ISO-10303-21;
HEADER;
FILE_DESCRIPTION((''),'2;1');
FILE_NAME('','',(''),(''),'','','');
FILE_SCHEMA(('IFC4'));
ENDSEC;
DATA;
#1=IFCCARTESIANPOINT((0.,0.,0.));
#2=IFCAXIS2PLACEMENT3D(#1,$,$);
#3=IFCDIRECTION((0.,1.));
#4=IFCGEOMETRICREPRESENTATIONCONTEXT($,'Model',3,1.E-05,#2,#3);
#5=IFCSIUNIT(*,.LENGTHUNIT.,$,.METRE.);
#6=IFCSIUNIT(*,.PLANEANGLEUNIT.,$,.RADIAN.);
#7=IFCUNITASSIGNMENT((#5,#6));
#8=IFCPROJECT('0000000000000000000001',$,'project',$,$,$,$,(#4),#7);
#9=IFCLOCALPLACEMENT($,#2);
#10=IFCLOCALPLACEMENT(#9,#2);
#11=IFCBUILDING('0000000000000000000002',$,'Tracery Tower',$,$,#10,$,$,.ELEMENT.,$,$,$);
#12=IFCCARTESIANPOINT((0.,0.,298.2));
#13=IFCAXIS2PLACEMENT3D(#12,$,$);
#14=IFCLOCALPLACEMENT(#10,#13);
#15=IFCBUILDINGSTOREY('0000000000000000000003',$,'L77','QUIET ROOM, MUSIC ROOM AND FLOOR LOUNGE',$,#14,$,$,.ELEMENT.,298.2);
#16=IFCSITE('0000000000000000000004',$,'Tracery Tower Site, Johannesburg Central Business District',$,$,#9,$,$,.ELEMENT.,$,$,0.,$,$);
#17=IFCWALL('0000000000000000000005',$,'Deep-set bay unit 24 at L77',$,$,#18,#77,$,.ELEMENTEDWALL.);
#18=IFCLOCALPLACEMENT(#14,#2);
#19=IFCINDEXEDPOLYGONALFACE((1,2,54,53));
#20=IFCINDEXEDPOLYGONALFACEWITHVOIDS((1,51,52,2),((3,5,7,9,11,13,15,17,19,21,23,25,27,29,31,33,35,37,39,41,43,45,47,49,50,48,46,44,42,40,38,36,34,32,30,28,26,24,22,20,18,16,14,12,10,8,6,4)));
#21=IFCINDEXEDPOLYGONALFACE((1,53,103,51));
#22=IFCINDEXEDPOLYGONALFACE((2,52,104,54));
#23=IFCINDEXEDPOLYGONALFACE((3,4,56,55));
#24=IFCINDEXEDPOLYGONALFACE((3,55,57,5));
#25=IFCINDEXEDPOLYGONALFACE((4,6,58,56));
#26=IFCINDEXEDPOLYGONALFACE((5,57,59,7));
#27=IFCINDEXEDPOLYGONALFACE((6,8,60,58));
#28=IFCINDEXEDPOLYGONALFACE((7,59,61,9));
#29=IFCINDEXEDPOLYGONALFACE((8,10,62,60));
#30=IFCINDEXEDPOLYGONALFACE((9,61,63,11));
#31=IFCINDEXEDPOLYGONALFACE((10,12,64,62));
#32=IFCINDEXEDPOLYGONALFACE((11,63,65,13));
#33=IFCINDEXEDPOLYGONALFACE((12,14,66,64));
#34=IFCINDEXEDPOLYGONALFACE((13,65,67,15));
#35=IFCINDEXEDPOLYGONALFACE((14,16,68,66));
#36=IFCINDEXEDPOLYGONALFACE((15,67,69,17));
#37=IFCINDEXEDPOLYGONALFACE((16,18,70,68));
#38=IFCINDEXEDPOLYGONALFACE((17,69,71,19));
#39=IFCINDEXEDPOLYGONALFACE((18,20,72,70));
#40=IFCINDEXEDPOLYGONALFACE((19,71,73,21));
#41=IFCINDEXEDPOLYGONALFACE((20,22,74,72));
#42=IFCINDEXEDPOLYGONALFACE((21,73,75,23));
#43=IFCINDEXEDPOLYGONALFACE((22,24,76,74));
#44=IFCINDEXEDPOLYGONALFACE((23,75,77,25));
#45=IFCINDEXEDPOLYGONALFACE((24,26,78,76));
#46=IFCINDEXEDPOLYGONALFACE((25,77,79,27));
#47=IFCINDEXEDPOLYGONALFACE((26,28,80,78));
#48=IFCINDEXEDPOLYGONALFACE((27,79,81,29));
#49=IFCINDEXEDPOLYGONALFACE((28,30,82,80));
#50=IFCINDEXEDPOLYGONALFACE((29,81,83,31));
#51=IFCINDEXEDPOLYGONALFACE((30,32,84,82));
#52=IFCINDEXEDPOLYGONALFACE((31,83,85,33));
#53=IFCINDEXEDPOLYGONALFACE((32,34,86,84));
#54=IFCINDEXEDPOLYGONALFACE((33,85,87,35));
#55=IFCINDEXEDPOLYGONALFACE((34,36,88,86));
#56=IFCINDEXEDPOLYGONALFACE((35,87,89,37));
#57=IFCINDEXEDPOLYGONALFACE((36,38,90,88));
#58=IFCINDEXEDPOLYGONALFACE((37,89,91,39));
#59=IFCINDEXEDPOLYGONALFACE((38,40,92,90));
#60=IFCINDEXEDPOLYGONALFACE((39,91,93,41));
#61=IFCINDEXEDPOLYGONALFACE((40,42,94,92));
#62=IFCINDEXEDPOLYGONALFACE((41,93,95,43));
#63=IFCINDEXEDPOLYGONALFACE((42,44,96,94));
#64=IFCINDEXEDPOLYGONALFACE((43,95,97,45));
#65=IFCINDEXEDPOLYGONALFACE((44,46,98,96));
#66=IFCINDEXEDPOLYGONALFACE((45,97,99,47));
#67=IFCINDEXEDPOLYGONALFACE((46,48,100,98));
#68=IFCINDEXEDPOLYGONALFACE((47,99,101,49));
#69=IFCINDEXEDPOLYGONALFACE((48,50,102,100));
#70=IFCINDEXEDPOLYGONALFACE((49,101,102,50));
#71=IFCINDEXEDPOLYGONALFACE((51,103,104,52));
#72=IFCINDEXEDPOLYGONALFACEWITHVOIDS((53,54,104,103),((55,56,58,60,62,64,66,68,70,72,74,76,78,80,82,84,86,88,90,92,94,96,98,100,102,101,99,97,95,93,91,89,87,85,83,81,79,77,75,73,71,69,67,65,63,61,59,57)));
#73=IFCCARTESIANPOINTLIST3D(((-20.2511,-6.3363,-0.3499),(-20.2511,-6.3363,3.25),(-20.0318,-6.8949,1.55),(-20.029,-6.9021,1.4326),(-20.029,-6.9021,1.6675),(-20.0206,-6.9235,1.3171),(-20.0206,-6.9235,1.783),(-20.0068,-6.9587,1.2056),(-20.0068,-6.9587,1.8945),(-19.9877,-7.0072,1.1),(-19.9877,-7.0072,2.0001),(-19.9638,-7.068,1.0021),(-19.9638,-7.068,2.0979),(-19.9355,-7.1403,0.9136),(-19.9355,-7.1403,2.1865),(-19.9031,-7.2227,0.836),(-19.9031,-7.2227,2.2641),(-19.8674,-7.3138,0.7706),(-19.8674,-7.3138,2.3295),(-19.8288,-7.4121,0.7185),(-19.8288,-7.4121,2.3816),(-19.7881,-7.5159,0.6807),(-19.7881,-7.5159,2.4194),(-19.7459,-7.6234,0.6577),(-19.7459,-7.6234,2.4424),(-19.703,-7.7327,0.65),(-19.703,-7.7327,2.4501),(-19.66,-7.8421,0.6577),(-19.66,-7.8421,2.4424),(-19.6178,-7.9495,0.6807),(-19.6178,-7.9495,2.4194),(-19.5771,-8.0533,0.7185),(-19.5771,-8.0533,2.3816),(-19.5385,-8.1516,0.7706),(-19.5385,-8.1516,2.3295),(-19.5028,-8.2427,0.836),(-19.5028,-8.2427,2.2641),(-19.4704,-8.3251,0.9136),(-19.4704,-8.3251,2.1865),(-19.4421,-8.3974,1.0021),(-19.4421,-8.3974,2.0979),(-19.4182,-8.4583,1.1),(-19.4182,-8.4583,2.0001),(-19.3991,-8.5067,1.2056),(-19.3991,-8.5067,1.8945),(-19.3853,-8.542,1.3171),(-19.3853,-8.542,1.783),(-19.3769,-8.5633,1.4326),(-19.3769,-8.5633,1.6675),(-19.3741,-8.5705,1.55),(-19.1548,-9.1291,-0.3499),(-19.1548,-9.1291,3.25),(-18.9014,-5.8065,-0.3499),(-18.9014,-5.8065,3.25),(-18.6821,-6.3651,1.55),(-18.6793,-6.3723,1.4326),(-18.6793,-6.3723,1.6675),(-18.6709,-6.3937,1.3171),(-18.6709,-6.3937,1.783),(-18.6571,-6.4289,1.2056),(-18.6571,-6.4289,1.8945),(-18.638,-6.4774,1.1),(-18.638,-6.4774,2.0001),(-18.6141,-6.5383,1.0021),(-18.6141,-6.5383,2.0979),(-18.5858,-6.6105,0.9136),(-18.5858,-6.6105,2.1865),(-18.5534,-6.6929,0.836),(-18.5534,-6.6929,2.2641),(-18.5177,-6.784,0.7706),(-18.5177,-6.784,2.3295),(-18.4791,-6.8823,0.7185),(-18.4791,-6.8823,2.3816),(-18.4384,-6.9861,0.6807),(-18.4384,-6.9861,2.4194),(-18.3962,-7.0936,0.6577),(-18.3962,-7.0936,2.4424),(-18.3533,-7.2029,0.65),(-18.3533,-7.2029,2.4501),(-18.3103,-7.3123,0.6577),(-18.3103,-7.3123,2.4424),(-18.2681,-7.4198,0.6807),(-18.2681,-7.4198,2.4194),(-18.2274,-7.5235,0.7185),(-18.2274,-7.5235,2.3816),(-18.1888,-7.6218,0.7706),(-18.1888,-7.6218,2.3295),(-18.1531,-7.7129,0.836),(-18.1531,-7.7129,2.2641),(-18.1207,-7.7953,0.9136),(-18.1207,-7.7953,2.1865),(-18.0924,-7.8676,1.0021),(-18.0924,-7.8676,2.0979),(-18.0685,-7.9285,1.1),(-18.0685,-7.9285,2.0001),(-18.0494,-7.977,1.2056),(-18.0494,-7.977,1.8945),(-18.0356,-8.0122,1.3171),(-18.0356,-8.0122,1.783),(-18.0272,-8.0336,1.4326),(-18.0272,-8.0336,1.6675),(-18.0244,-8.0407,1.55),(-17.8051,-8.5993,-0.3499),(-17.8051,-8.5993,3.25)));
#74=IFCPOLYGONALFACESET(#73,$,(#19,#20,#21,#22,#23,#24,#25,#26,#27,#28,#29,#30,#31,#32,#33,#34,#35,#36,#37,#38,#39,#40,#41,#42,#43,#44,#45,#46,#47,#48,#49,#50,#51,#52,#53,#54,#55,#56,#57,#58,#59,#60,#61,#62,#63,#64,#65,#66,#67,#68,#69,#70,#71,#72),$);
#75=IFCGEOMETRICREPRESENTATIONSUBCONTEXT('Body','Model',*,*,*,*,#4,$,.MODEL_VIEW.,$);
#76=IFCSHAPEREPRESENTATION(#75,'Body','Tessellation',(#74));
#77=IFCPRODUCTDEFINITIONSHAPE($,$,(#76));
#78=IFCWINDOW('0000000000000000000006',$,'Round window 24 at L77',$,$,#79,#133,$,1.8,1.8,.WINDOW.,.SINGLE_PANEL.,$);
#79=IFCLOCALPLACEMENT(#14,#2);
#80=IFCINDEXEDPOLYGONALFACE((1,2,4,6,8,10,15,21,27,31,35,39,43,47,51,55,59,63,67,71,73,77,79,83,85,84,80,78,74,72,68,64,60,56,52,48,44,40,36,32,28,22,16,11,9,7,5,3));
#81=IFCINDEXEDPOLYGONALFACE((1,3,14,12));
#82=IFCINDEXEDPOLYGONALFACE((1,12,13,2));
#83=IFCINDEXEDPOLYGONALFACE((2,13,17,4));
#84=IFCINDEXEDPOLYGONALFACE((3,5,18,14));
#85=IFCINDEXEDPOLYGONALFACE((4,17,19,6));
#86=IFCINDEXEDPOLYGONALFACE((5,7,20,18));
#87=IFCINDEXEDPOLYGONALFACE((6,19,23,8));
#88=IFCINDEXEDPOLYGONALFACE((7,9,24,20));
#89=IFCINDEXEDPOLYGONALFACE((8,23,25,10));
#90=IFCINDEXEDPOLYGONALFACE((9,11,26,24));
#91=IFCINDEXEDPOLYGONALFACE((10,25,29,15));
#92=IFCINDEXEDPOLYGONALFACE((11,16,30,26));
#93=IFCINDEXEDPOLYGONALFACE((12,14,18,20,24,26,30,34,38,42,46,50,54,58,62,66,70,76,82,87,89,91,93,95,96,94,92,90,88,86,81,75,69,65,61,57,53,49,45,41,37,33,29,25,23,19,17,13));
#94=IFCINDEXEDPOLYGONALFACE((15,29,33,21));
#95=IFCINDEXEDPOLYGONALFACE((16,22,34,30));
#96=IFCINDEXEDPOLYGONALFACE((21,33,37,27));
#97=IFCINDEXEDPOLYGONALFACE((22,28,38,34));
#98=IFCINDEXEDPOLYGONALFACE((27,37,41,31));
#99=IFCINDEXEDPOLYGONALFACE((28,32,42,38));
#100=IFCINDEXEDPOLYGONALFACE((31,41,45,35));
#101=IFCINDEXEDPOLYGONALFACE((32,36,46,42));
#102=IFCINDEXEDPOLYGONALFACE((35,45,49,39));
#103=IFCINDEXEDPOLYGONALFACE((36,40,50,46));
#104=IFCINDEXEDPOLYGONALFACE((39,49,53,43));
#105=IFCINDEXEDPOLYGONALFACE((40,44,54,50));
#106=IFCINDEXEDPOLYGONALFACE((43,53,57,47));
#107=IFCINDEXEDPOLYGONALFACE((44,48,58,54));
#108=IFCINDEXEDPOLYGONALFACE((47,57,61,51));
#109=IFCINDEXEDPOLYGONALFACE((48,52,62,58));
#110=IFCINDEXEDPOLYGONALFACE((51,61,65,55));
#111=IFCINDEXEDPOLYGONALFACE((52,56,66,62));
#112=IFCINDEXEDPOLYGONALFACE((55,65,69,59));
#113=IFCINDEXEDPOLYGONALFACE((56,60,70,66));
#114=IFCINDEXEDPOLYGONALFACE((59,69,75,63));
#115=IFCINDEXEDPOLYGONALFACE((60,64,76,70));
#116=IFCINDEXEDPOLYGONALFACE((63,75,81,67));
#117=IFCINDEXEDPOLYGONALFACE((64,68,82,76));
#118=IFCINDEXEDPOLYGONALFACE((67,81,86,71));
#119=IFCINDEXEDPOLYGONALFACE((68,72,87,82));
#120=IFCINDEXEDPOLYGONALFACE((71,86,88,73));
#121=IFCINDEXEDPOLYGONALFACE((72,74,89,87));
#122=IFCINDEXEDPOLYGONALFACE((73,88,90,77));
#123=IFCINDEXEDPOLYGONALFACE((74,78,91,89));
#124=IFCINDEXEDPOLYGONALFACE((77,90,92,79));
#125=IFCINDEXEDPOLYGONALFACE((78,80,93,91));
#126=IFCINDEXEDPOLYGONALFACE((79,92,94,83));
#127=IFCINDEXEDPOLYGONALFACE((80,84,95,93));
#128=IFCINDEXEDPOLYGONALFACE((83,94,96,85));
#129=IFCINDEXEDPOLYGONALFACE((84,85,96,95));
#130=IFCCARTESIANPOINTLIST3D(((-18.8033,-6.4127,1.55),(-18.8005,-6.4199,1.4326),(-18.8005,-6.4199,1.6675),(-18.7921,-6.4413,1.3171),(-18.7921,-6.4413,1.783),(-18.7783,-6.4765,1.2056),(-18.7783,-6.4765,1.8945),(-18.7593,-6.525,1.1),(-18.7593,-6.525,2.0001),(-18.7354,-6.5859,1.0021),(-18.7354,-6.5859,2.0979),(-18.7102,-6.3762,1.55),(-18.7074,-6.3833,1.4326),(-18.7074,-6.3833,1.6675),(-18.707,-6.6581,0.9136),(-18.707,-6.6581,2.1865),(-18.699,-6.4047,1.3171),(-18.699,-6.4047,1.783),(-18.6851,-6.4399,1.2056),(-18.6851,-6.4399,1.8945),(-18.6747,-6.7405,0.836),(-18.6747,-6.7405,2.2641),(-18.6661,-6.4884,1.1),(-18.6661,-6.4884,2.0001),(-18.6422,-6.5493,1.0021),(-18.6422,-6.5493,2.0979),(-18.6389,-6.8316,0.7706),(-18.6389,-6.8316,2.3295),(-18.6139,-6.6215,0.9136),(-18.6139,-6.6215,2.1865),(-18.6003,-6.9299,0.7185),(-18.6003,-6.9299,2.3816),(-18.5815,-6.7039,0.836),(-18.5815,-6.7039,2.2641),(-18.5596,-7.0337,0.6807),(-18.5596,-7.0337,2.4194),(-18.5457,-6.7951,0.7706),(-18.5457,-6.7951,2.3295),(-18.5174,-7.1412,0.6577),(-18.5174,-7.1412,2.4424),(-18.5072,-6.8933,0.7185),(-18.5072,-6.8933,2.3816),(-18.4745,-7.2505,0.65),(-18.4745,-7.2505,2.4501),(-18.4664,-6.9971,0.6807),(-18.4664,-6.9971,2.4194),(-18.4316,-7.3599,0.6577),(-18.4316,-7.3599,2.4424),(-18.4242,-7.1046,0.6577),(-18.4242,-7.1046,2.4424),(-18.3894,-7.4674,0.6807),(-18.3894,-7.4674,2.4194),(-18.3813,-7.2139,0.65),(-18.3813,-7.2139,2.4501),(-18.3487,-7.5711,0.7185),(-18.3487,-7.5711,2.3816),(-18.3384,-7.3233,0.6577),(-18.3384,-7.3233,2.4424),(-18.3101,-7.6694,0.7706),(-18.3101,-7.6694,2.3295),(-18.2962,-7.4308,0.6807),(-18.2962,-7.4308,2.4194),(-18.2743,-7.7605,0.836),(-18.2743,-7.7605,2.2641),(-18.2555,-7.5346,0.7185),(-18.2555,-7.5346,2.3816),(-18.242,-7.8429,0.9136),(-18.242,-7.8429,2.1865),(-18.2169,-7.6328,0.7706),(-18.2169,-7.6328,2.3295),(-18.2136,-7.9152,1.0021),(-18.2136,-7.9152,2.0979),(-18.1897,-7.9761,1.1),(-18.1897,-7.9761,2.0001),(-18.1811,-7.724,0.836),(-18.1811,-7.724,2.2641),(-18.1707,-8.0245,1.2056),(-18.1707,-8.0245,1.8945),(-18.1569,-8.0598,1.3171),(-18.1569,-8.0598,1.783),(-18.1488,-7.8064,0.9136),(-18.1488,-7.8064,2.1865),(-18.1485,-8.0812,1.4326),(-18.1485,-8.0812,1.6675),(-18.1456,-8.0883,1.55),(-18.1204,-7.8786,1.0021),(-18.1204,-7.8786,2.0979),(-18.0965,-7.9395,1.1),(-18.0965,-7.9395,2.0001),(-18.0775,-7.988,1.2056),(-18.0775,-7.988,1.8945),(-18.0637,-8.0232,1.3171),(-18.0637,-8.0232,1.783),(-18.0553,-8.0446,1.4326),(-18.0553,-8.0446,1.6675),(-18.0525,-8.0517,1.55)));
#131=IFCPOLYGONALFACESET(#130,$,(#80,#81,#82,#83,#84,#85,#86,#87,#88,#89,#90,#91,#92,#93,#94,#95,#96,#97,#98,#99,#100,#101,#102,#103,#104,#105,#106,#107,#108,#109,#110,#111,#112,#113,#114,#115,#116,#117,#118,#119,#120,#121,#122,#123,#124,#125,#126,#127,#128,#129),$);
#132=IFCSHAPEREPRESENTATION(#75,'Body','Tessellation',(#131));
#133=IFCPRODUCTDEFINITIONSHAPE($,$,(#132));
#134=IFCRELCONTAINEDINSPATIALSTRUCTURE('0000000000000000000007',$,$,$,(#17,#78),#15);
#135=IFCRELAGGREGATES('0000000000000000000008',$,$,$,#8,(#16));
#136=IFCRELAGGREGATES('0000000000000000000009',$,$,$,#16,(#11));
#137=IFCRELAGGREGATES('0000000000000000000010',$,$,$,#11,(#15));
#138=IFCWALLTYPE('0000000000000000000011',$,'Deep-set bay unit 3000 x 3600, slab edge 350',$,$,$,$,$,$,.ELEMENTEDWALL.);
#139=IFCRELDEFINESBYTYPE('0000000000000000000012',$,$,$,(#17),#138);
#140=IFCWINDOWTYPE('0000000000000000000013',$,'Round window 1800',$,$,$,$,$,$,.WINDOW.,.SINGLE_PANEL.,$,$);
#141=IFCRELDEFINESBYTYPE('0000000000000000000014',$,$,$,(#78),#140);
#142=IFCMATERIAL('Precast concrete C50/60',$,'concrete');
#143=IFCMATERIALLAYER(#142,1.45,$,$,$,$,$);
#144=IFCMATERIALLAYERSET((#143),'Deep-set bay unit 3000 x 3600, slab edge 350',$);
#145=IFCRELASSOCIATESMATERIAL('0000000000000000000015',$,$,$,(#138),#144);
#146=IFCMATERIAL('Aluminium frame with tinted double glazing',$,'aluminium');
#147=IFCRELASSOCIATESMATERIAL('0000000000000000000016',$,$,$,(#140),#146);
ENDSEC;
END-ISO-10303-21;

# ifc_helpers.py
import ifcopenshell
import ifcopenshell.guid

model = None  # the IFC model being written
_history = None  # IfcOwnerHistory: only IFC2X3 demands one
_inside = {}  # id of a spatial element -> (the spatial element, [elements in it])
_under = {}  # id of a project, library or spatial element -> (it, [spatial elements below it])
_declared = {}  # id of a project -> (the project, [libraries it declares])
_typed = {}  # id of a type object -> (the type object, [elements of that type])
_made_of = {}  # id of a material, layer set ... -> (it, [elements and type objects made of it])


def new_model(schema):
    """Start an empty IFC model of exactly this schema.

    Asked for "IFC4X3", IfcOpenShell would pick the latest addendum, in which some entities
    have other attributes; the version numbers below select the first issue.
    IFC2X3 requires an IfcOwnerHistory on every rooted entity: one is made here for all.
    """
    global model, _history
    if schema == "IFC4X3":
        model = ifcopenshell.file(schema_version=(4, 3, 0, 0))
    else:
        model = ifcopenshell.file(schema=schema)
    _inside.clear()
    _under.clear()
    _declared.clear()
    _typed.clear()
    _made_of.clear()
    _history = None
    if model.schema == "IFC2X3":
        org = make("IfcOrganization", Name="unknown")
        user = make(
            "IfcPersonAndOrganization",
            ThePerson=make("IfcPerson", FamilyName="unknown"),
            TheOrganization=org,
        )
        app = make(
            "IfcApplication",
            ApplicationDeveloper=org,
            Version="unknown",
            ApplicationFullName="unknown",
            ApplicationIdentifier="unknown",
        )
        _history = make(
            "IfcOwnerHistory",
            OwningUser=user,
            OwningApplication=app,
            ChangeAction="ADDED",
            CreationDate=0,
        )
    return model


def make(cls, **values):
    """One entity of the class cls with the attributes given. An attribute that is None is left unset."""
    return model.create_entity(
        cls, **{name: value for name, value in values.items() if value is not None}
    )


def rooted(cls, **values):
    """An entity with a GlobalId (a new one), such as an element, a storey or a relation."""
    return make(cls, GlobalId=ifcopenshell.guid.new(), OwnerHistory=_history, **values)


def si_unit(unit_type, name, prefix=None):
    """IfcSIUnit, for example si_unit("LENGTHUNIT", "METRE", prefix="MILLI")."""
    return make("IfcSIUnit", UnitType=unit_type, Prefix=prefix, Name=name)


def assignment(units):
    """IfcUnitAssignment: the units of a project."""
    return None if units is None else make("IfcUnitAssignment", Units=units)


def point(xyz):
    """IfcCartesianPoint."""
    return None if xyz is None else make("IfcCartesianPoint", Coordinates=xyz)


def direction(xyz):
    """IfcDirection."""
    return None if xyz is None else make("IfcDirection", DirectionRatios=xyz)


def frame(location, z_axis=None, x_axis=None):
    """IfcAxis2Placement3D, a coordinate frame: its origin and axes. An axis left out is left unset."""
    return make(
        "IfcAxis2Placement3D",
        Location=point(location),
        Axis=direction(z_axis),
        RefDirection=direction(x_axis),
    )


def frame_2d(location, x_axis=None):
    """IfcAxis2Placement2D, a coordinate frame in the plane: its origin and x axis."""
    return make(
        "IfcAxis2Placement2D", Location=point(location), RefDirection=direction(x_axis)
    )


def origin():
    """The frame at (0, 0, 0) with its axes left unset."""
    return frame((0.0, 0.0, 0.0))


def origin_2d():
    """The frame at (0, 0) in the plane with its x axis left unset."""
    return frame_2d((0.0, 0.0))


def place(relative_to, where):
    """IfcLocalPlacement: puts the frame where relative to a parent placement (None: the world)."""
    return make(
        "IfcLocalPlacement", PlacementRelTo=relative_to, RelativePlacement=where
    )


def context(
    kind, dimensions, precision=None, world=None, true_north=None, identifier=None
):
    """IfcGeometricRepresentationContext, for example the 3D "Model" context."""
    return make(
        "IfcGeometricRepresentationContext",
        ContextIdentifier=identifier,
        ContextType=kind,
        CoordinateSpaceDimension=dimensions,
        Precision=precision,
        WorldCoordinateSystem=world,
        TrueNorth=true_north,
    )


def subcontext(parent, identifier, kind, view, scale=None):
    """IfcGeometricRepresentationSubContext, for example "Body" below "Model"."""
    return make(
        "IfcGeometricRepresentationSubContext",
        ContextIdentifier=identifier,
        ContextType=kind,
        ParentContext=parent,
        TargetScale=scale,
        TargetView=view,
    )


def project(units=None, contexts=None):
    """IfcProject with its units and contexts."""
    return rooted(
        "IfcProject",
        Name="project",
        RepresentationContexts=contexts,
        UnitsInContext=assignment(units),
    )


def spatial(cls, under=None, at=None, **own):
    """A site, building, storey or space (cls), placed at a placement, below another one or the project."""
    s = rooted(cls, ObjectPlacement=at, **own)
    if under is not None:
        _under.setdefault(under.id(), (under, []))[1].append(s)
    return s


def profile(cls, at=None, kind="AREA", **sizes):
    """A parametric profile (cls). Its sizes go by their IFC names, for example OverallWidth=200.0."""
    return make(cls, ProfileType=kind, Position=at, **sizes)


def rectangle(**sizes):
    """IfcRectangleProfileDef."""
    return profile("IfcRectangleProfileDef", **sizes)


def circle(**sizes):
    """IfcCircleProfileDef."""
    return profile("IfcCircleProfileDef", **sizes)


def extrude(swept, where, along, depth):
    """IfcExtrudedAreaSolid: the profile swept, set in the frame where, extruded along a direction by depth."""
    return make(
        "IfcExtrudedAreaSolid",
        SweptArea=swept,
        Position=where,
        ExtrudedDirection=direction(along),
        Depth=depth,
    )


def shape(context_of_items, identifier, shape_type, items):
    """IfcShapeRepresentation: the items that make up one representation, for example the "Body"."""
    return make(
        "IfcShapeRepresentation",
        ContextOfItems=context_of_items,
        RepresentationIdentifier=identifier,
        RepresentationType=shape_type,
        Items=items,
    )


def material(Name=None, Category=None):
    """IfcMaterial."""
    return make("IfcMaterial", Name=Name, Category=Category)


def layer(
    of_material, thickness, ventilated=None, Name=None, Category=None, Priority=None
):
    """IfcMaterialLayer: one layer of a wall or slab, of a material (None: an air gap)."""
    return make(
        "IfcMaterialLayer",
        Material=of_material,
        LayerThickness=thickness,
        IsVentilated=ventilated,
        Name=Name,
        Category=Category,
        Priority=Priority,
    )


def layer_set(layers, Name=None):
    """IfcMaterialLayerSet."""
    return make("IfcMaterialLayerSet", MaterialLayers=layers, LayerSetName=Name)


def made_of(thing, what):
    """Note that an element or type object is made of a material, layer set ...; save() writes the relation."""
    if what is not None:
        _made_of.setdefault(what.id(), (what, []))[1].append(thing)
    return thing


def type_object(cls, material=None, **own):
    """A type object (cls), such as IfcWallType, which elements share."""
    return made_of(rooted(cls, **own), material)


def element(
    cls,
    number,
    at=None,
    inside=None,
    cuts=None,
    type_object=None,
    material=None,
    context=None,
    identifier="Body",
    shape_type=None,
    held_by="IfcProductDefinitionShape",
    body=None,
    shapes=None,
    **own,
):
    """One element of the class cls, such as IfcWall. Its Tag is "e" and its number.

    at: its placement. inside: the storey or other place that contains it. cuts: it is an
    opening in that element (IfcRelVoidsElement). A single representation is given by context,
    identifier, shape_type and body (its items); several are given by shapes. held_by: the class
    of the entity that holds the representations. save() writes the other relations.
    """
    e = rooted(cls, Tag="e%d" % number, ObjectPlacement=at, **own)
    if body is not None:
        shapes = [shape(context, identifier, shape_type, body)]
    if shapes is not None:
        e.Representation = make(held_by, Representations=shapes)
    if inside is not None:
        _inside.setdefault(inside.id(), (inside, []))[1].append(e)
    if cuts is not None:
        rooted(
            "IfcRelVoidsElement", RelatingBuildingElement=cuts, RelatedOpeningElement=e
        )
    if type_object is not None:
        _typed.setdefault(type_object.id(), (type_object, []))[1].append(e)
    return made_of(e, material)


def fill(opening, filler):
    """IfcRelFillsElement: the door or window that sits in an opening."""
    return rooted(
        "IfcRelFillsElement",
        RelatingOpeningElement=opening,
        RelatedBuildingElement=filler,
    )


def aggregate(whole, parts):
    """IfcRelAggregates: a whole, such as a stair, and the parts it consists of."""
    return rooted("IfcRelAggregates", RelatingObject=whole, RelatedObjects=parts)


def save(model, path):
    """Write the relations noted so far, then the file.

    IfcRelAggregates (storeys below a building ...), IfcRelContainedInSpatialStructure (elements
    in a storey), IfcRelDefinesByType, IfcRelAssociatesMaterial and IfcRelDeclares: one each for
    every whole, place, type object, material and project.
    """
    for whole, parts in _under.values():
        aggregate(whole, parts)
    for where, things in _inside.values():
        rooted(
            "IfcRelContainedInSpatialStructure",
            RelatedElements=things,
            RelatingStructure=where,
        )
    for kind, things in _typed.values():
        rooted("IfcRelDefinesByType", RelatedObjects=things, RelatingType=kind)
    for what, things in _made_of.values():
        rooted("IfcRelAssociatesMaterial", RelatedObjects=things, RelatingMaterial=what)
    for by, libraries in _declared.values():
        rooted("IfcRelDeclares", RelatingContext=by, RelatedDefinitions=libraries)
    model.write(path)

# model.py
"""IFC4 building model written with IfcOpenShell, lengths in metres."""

from ifc_helpers import new_model, si_unit, direction, frame, frame_2d, origin, origin_2d, place, context, subcontext, project, spatial, rectangle, circle, extrude, material, layer, layer_set, type_object, element, fill, save


model = new_model("IFC4")

# Units and contexts
model_context = context("Model", 3, precision=1e-05, world=origin(), true_north=direction((0.0, 1.0)))
body_context = subcontext(model_context, "Body", "Model", "MODEL_VIEW")
ifc_project = project(units=[si_unit("LENGTHUNIT", "METRE"), si_unit("PLANEANGLEUNIT", "RADIAN")], contexts=[model_context])

# Site, building, storey
site_placement = place(None, origin())
site = spatial("IfcSite", under=ifc_project, at=site_placement, Name="Tracery Tower Site, Johannesburg Central Business District", CompositionType="ELEMENT", RefElevation=0.0)
building_placement = place(site_placement, origin())
building = spatial("IfcBuilding", under=site, at=building_placement, Name="Tracery Tower", CompositionType="ELEMENT")
storey_placement = place(building_placement, frame((0.0, 0.0, 298.2)))
storey = spatial("IfcBuildingStorey", under=building, at=storey_placement, Name="L77", Description="QUIET ROOM, MUSIC ROOM AND FLOOR LOUNGE", CompositionType="ELEMENT", Elevation=298.2)

# Wall, opening, window
ifc_material_1 = material(Name="Precast concrete C50/60", Category="concrete")
ifc_layer_1 = layer(ifc_material_1, 1.45)
ifc_layer_set_1 = layer_set([ifc_layer_1], Name="Deep-set bay unit 3000 x 3600, slab edge 350")
wall_type_1 = type_object("IfcWallType", Name="Deep-set bay unit 3000 x 3600, slab edge 350", PredefinedType="ELEMENTEDWALL", material=ifc_layer_set_1)
wall_1_placement = place(storey_placement, frame((-19.5762, -6.0715, -0.3499), z_axis=(0.0, 0.0, 1.0), x_axis=(0.365378, -0.930859, 0.0)))
wall_1 = element("IfcWall", 1, at=wall_1_placement, inside=storey, type_object=wall_type_1, Name="Deep-set bay unit 24 at L77", PredefinedType="ELEMENTEDWALL", context=body_context, shape_type="SweptSolid", body=[
    extrude(rectangle(XDim=3.0002, YDim=1.45, at=frame_2d((1.5, 0.0))), origin(), (0.0, 0.0, 1.0), 3.5999),
])
opening_1_placement = place(wall_1_placement, frame((1.5, 0.0, 1.8999)))
opening_1 = element("IfcOpeningElement", 2, at=opening_1_placement, cuts=wall_1, PredefinedType="OPENING", context=body_context, shape_type="SweptSolid", body=[
    extrude(circle(Radius=0.9, at=origin_2d()), frame((0.0, 0.7349, 0.0), z_axis=(0.0, -1.0, 0.0), x_axis=(1.0, 0.0, 0.0)), (0.0, 0.0, 1.0), 1.47),
])
ifc_material_2 = material(Name="Aluminium frame with tinted double glazing", Category="aluminium")
window_type = type_object("IfcWindowType", Name="Round window 1800", PartitioningType="SINGLE_PANEL", PredefinedType="WINDOW", material=ifc_material_2)
window_1_placement = place(opening_1_placement, origin())
window_1 = element("IfcWindow", 3, at=window_1_placement, inside=storey, type_object=window_type, Name="Round window 24 at L77", OverallHeight=1.8, OverallWidth=1.8, PartitioningType="SINGLE_PANEL", PredefinedType="WINDOW", context=body_context, shape_type="SweptSolid", body=[
    extrude(circle(Radius=0.9, at=origin_2d()), frame((0.0, 0.6948, 0.0), z_axis=(0.0, -1.0, 0.0), x_axis=(1.0, 0.0, 0.0)), (0.0, 0.0, 1.0), 0.1001),
])
fill(opening_1, window_1)

save(model, "model.ifc")
